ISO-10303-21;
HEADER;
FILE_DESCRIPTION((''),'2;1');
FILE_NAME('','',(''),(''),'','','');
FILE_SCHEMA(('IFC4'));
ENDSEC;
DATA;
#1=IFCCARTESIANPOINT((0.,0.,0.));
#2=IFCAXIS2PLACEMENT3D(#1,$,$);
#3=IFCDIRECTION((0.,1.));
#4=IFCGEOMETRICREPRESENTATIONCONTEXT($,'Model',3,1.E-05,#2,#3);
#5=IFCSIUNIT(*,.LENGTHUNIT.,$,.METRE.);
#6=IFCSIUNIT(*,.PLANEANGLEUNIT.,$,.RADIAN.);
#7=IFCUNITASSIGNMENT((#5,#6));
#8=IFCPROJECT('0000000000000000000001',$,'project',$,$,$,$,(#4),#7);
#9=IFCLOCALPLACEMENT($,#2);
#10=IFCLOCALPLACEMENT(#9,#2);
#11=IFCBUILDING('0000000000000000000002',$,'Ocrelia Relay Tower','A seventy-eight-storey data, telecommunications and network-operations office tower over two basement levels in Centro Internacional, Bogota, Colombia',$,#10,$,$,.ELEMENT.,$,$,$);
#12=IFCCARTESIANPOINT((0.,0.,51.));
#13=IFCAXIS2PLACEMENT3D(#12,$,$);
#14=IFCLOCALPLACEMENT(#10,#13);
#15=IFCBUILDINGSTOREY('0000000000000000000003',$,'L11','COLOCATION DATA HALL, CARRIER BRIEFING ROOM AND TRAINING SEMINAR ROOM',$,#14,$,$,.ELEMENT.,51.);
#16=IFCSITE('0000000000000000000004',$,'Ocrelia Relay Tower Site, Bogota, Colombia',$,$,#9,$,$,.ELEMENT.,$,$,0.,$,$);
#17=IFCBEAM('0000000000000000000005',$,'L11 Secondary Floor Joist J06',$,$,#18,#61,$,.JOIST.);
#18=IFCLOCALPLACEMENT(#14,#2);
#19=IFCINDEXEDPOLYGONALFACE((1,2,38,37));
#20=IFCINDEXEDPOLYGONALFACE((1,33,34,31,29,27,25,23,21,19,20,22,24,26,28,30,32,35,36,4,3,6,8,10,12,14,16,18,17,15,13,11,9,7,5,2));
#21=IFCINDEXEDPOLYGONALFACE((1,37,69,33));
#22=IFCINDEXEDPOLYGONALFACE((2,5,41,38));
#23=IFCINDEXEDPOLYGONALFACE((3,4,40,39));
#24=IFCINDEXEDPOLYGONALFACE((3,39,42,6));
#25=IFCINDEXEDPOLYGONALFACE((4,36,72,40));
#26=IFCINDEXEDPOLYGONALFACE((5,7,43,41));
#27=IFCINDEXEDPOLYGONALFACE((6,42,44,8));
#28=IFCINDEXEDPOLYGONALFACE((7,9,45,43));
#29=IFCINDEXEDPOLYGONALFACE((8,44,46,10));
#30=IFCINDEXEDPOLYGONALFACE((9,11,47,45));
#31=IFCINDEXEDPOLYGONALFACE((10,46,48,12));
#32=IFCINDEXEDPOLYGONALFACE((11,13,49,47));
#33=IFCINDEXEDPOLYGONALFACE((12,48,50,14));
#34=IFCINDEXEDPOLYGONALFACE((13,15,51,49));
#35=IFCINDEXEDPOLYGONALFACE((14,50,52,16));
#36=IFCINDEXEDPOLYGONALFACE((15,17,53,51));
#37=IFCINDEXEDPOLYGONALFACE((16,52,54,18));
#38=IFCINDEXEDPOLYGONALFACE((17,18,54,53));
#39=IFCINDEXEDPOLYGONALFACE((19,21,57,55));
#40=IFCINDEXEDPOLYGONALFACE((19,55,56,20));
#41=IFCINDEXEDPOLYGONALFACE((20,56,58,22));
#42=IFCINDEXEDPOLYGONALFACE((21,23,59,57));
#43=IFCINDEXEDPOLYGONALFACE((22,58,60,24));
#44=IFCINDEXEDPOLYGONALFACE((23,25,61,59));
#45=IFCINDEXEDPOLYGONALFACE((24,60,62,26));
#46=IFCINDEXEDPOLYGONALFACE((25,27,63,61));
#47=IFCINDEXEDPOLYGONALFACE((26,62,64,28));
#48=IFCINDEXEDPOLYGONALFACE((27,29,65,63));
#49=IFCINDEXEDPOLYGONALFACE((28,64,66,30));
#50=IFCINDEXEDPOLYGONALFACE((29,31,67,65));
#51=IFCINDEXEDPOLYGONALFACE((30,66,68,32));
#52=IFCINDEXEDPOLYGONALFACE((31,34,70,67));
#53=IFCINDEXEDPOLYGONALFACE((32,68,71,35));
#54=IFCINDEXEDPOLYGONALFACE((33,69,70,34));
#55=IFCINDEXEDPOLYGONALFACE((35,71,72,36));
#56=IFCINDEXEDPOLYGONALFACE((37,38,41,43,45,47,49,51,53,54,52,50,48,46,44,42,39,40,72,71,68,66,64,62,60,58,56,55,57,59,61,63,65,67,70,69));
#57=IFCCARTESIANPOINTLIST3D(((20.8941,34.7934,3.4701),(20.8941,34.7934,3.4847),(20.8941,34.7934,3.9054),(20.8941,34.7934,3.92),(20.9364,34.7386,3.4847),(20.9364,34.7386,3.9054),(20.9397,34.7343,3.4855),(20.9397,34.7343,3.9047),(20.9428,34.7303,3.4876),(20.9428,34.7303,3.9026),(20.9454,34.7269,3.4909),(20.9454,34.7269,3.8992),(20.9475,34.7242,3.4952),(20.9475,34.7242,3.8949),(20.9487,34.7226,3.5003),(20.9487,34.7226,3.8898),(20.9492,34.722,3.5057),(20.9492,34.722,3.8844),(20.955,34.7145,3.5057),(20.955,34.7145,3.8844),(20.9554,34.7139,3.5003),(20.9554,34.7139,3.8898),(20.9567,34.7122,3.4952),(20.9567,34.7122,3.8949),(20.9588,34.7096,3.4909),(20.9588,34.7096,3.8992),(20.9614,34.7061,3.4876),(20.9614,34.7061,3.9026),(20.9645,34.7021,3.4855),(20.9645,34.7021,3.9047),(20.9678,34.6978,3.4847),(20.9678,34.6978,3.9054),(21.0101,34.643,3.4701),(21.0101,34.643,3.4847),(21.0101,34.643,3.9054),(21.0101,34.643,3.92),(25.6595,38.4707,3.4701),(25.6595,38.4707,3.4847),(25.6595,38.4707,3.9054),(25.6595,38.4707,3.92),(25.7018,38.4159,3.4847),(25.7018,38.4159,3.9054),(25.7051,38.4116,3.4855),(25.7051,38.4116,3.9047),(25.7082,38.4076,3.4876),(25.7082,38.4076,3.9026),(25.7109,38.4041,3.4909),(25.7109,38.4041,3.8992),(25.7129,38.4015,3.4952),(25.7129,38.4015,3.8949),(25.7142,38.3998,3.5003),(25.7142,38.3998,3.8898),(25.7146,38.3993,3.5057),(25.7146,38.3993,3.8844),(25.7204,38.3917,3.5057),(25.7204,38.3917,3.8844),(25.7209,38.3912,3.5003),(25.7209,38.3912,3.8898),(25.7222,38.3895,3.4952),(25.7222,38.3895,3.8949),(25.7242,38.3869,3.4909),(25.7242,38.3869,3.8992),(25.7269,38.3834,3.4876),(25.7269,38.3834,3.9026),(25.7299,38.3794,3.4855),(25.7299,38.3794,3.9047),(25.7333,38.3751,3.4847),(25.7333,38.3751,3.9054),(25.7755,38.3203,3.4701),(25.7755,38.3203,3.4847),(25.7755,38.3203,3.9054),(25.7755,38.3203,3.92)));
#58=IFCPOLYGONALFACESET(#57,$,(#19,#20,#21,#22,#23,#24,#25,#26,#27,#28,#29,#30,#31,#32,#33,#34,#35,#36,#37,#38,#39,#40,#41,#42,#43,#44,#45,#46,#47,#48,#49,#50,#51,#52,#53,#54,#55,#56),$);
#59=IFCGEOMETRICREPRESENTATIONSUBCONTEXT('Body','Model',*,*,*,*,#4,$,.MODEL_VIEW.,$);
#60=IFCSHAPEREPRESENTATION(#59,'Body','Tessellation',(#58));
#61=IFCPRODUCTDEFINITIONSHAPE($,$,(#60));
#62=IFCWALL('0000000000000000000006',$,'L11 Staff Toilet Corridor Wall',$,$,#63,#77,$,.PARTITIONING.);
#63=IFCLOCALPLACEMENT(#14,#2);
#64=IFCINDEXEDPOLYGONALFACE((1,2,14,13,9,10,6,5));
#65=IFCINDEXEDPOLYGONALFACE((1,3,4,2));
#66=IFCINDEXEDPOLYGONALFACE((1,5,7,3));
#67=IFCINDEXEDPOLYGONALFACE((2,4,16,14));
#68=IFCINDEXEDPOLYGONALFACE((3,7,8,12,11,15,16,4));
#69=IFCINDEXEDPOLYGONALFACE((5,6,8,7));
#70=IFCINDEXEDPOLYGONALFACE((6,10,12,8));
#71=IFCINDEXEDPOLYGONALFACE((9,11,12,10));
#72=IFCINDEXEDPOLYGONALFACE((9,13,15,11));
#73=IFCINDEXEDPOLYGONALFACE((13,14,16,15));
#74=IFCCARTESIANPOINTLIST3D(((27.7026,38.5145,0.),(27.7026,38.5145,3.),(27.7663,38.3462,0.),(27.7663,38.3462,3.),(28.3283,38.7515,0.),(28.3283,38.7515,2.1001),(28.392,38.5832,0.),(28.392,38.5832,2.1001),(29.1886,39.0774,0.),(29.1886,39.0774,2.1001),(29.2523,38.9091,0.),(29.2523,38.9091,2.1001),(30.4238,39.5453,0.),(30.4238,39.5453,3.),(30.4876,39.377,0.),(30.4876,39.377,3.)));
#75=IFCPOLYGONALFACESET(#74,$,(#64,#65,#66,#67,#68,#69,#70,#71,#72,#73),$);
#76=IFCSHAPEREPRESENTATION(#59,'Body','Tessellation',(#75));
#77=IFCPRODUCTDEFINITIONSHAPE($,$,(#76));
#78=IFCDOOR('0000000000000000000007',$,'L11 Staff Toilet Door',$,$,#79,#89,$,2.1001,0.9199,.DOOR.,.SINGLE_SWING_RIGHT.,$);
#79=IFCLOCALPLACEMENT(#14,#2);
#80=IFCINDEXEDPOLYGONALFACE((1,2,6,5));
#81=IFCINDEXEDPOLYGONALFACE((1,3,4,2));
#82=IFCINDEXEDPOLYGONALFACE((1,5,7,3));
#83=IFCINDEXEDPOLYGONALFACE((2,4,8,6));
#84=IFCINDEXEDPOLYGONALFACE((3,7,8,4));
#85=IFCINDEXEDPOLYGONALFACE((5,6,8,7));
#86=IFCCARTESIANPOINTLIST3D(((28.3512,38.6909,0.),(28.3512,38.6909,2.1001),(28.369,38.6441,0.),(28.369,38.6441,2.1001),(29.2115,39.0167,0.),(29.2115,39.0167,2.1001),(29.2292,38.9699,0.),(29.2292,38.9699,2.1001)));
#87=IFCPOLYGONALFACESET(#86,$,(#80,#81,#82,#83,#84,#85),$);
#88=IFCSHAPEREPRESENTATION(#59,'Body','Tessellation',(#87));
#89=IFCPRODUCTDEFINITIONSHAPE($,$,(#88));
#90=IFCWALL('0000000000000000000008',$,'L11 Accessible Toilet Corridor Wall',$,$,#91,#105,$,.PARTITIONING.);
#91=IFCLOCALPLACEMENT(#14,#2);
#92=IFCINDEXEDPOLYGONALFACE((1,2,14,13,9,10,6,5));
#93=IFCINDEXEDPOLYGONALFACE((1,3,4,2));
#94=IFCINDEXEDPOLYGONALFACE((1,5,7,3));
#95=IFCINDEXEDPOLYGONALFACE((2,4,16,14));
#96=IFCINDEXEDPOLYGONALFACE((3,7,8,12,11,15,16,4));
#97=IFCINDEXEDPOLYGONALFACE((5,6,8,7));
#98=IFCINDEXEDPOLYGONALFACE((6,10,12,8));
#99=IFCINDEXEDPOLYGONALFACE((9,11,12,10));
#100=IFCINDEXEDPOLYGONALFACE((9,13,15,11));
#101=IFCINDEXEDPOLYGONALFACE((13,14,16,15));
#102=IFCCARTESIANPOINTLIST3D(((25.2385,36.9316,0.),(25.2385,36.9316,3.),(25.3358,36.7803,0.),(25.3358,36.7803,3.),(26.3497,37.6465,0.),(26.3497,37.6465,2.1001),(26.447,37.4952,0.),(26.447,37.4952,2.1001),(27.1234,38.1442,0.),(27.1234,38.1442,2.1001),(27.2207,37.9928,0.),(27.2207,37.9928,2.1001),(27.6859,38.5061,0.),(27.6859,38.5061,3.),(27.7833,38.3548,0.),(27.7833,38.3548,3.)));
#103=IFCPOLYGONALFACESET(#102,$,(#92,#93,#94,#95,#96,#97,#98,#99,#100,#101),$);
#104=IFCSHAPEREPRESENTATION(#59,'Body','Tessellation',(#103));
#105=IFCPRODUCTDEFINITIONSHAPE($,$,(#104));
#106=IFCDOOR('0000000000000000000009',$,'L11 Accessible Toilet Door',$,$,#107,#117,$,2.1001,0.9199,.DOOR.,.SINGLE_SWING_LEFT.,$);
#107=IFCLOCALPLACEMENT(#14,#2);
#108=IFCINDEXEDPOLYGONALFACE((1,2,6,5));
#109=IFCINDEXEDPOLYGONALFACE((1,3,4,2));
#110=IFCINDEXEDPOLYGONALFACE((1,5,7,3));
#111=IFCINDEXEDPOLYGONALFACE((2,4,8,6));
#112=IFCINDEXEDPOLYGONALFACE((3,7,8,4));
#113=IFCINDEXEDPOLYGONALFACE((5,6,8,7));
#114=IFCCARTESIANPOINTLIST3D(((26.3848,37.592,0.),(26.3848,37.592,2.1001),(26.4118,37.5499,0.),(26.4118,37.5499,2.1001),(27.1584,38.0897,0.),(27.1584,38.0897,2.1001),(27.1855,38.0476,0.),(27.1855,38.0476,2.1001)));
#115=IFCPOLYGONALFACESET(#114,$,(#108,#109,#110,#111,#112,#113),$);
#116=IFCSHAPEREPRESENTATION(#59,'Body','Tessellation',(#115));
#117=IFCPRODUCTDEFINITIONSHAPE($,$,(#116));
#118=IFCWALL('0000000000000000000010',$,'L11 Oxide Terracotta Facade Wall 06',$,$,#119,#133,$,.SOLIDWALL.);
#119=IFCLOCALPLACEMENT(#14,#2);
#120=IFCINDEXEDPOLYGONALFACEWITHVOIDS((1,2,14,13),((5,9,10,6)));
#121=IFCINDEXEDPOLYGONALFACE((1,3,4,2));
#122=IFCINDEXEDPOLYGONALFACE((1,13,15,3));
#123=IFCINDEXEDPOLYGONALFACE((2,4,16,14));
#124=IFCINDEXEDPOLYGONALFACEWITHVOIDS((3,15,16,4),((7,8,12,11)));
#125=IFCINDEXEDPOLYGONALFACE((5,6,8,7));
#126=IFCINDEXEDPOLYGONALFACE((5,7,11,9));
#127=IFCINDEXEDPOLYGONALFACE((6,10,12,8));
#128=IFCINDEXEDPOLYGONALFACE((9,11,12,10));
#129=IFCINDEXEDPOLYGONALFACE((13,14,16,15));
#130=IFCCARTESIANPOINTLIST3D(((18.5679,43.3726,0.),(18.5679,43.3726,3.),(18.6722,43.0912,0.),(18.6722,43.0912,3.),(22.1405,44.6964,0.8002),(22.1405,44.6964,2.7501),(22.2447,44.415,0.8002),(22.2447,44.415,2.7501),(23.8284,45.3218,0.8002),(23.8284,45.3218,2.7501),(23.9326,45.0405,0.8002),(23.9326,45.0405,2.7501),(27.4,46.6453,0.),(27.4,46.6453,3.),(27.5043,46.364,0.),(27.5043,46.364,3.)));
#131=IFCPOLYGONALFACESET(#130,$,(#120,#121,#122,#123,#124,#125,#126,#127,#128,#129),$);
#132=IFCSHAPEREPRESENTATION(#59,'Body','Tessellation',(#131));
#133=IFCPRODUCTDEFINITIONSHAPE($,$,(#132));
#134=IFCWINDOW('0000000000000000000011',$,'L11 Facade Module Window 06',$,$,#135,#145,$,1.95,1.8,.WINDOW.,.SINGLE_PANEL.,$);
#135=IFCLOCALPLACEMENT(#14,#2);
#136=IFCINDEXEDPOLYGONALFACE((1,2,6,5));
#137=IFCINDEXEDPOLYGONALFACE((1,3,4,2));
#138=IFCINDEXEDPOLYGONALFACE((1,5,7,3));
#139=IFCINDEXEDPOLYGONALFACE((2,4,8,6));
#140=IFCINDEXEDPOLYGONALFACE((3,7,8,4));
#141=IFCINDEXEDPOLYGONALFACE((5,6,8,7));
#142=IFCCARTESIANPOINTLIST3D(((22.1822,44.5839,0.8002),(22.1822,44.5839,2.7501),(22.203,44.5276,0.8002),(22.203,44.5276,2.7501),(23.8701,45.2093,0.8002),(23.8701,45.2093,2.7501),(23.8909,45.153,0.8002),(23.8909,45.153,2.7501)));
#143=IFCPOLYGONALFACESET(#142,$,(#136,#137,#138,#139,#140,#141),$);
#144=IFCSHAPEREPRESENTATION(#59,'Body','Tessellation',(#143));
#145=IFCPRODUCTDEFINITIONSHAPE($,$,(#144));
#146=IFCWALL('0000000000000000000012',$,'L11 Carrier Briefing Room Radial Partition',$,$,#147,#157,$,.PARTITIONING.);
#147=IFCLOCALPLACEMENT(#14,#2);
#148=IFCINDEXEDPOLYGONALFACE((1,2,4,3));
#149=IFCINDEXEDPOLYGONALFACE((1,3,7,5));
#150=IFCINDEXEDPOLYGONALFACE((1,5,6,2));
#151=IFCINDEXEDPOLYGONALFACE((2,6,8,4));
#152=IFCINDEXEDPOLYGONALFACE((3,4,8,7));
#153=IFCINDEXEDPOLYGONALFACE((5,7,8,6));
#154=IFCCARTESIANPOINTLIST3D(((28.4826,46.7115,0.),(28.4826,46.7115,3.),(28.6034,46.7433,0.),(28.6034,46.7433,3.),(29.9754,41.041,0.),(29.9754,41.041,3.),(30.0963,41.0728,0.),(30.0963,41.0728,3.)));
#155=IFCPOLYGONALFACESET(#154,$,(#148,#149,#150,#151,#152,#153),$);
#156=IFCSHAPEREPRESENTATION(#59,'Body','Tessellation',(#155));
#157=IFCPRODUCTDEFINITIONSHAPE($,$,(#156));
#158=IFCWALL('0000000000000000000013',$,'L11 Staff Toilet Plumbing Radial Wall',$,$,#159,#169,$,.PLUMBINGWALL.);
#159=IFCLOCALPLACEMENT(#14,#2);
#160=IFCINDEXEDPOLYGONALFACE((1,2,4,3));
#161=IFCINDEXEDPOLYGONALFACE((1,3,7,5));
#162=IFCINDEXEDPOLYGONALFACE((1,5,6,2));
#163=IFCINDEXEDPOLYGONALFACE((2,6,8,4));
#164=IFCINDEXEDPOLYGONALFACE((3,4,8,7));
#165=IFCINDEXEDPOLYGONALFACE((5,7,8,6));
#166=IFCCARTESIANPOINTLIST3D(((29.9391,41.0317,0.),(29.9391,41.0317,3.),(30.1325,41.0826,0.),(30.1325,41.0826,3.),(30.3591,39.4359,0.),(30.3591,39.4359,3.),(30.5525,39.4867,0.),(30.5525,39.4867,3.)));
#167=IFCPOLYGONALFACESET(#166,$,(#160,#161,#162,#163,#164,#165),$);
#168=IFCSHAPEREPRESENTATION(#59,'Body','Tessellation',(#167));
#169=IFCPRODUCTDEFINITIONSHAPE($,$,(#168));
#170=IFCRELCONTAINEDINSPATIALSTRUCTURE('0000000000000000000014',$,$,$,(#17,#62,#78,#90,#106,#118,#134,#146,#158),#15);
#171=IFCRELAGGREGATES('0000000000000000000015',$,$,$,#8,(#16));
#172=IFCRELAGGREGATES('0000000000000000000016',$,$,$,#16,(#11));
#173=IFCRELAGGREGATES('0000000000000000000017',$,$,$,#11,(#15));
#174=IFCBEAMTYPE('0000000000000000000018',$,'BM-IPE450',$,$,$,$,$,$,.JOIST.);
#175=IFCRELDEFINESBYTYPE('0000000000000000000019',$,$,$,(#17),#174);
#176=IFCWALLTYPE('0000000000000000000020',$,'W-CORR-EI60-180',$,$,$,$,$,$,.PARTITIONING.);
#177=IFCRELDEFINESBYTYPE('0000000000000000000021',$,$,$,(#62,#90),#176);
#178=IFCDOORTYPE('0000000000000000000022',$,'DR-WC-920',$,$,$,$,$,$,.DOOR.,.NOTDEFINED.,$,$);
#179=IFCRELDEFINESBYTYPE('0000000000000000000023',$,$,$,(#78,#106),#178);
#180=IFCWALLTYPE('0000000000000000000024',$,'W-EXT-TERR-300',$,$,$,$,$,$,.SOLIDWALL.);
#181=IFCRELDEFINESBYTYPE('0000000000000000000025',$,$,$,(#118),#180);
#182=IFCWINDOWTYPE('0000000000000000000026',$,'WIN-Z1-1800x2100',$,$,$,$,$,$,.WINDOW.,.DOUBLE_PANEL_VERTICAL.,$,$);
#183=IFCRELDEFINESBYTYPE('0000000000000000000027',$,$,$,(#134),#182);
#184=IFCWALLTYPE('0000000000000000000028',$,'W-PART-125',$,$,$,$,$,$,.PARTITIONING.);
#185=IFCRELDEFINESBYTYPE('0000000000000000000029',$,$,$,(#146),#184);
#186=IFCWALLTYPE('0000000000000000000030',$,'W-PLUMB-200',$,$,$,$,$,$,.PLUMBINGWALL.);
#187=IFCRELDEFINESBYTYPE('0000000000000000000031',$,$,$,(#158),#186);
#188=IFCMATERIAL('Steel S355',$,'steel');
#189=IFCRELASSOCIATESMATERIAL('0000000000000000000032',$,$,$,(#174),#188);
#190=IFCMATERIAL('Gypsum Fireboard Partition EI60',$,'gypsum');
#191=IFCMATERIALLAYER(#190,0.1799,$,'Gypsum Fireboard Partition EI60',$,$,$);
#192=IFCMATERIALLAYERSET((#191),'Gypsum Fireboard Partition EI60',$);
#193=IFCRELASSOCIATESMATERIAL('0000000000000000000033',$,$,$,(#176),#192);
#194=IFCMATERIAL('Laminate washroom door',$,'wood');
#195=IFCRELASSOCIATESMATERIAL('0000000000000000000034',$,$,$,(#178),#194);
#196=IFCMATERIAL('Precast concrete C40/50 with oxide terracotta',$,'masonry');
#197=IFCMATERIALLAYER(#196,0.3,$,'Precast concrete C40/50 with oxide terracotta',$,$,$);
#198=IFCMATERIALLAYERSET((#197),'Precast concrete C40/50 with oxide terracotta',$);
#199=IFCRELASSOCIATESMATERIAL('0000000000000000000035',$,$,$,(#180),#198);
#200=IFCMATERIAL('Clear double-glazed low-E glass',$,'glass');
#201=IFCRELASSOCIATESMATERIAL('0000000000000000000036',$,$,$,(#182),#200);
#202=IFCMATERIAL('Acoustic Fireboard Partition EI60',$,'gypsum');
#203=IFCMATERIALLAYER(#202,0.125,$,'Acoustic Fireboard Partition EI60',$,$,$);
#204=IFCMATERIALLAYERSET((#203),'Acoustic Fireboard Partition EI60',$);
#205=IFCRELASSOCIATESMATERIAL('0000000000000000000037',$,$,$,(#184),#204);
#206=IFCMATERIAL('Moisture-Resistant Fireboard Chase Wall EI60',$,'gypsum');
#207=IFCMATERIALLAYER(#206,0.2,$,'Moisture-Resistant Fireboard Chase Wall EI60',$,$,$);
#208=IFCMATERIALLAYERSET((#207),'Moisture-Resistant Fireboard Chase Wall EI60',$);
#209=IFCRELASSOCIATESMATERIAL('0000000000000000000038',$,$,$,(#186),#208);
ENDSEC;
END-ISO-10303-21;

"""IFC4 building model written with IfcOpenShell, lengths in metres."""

from ifc_helpers import new_model, si_unit, direction, frame, frame_2d, origin, origin_2d, place, context, subcontext, project, spatial, rectangle, i_section, extrude, material, layer, layer_set, material_profile, profile_set, type_object, element, fill, save


model = new_model("IFC4")

# Units and contexts
model_context = context("Model", 3, precision=1e-05, world=origin(), true_north=direction((0.0, 1.0)))
body_context = subcontext(model_context, "Body", "Model", "MODEL_VIEW")
ifc_project = project(units=[si_unit("LENGTHUNIT", "METRE"), si_unit("PLANEANGLEUNIT", "RADIAN")], contexts=[model_context])

# Site, building, storey
site_placement = place(None, origin())
site = spatial("IfcSite", under=ifc_project, at=site_placement, Name="Ocrelia Relay Tower Site, Bogota, Colombia", CompositionType="ELEMENT", RefElevation=0.0)
building_placement = place(site_placement, origin())
building = spatial("IfcBuilding", under=site, at=building_placement, Name="Ocrelia Relay Tower", Description="A seventy-eight-storey data, telecommunications and network-operations office tower over two basement levels in Centro Internacional, Bogota, Colombia", CompositionType="ELEMENT")
storey_placement = place(building_placement, frame((0.0, 0.0, 51.0)))
storey = spatial("IfcBuildingStorey", under=building, at=storey_placement, Name="L11", Description="COLOCATION DATA HALL, CARRIER BRIEFING ROOM AND TRAINING SEMINAR ROOM", CompositionType="ELEMENT", Elevation=51.0)

# Beam
ifc_material_1 = material(Name="Steel S355", Category="steel")
ifc_material_profile_1 = material_profile(ifc_material_1, i_section(OverallWidth=0.1899, OverallDepth=0.45, WebThickness=0.0095, FlangeThickness=0.0146, FilletRadius=0.021, at=origin_2d()), Name="IPE 450")
ifc_profile_set_1 = profile_set([ifc_material_profile_1], Name="Steel S355")
beam_type_1 = type_object("IfcBeamType", Name="BM-IPE450", PredefinedType="JOIST", material=ifc_profile_set_1)
beam_1_placement = place(storey_placement, frame((25.7175, 38.3955, 3.6951), z_axis=(-0.791694, -0.610918, 0.0), x_axis=(0.610918, -0.791694, 0.0)))
element("IfcBeam", 1, at=beam_1_placement, inside=storey, type_object=beam_type_1, Name="L11 Secondary Floor Joist J06", PredefinedType="JOIST", context=body_context, shape_type="SweptSolid", body=[
    extrude(i_section(OverallWidth=0.1899, OverallDepth=0.45, WebThickness=0.0095, FlangeThickness=0.0146, FilletRadius=0.021, at=origin_2d()), origin(), (0.0, 0.0, 1.0), 6.0193),
])

# Walls, openings, doors
ifc_material_2 = material(Name="Gypsum Fireboard Partition EI60", Category="gypsum")
ifc_layer_1 = layer(ifc_material_2, 0.1799, Name="Gypsum Fireboard Partition EI60")
ifc_layer_set_1 = layer_set([ifc_layer_1], Name="Gypsum Fireboard Partition EI60")
wall_type_1 = type_object("IfcWallType", Name="W-CORR-EI60-180", PredefinedType="PARTITIONING", material=ifc_layer_set_1)
wall_1_placement = place(storey_placement, frame((30.4558, 39.4612, 0.0), z_axis=(0.0, 0.0, 1.0), x_axis=(-0.935159, -0.354229, 0.0)))
wall_1 = element("IfcWall", 2, at=wall_1_placement, inside=storey, type_object=wall_type_1, Name="L11 Staff Toilet Corridor Wall", PredefinedType="PARTITIONING", context=body_context, shape_type="SweptSolid", body=[
    extrude(rectangle(XDim=2.9099, YDim=0.1799, at=frame_2d((1.4551, 0.0))), origin(), (0.0, 0.0, 1.0), 3.0),
])
opening_1_placement = place(wall_1_placement, frame((1.321, 0.0, 0.0)))
opening_1 = element("IfcOpeningElement", 3, at=opening_1_placement, cuts=wall_1, PredefinedType="OPENING", context=body_context, shape_type="SweptSolid", body=[
    extrude(rectangle(XDim=0.9199, YDim=2.1001, at=frame_2d((0.46, 1.05))), frame((0.0, 0.1001, 0.0), z_axis=(0.0, -1.0, 0.0), x_axis=(1.0, 0.0, 0.0)), (0.0, 0.0, 1.0), 0.2),
])
ifc_material_3 = material(Name="Laminate washroom door", Category="wood")
door_type_1 = type_object("IfcDoorType", Name="DR-WC-920", OperationType="NOTDEFINED", PredefinedType="DOOR", material=ifc_material_3)
door_1_placement = place(opening_1_placement, origin())
door_1 = element("IfcDoor", 4, at=door_1_placement, inside=storey, type_object=door_type_1, Name="L11 Staff Toilet Door", OperationType="SINGLE_SWING_RIGHT", OverallHeight=2.1001, OverallWidth=0.9199, PredefinedType="DOOR", context=body_context, shape_type="SweptSolid", body=[
    extrude(rectangle(XDim=0.9199, YDim=2.1001, at=frame_2d((0.46, 1.05))), frame((0.0, 0.0249, 0.0), z_axis=(0.0, -1.0, 0.0), x_axis=(1.0, 0.0, 0.0)), (0.0, 0.0, 1.0), 0.05),
])
fill(opening_1, door_1)
wall_2_placement = place(storey_placement, frame((27.7346, 38.4304, 0.0), z_axis=(0.0, 0.0, 1.0), x_axis=(-0.841012, -0.541016, 0.0)))
wall_2 = element("IfcWall", 5, at=wall_2_placement, inside=storey, type_object=wall_type_1, Name="L11 Accessible Toilet Corridor Wall", PredefinedType="PARTITIONING", context=body_context, shape_type="SweptSolid", body=[
    extrude(rectangle(XDim=2.9102, YDim=0.1799, at=frame_2d((1.4551, 0.0))), origin(), (0.0, 0.0, 1.0), 3.0),
])
opening_2_placement = place(wall_2_placement, frame((0.6689, 0.0, 0.0)))
opening_2 = element("IfcOpeningElement", 6, at=opening_2_placement, cuts=wall_2, PredefinedType="OPENING", context=body_context, shape_type="SweptSolid", body=[
    extrude(rectangle(XDim=0.9199, YDim=2.1001, at=frame_2d((0.46, 1.05))), frame((0.0, 0.1001, 0.0), z_axis=(0.0, -1.0, 0.0), x_axis=(1.0, 0.0, 0.0)), (0.0, 0.0, 1.0), 0.2),
])
door_2_placement = place(opening_2_placement, origin())
door_2 = element("IfcDoor", 7, at=door_2_placement, inside=storey, type_object=door_type_1, Name="L11 Accessible Toilet Door", OperationType="SINGLE_SWING_LEFT", OverallHeight=2.1001, OverallWidth=0.9199, PredefinedType="DOOR", context=body_context, shape_type="SweptSolid", body=[
    extrude(rectangle(XDim=0.9199, YDim=2.1001, at=frame_2d((0.46, 1.05))), frame((0.0, 0.0249, 0.0), z_axis=(0.0, -1.0, 0.0), x_axis=(1.0, 0.0, 0.0)), (0.0, 0.0, 1.0), 0.05),
])
fill(opening_2, door_2)

# Wall, opening, window
ifc_material_4 = material(Name="Precast concrete C40/50 with oxide terracotta", Category="masonry")
ifc_layer_2 = layer(ifc_material_4, 0.3, Name="Precast concrete C40/50 with oxide terracotta")
ifc_layer_set_2 = layer_set([ifc_layer_2], Name="Precast concrete C40/50 with oxide terracotta")
wall_type_2 = type_object("IfcWallType", Name="W-EXT-TERR-300", PredefinedType="SOLIDWALL", material=ifc_layer_set_2)
wall_3_placement = place(storey_placement, frame((27.4521, 46.5046, 0.0), z_axis=(0.0, 0.0, 1.0), x_axis=(-0.937694, -0.347462, 0.0)))
wall_3 = element("IfcWall", 8, at=wall_3_placement, inside=storey, type_object=wall_type_2, Name="L11 Oxide Terracotta Facade Wall 06", PredefinedType="SOLIDWALL", context=body_context, shape_type="SweptSolid", body=[
    extrude(rectangle(XDim=9.4189, YDim=0.3, at=frame_2d((4.7095, 0.0))), origin(), (0.0, 0.0, 1.0), 3.0),
])
opening_3_placement = place(wall_3_placement, frame((3.8091, 0.0, 0.8)))
opening_3 = element("IfcOpeningElement", 9, at=opening_3_placement, cuts=wall_3, PredefinedType="OPENING", context=body_context, shape_type="SweptSolid", body=[
    extrude(rectangle(XDim=1.8, YDim=1.95, at=frame_2d((0.8999, 0.9751))), frame((0.0, 0.1602, 0.0), z_axis=(0.0, -1.0, 0.0), x_axis=(1.0, 0.0, 0.0)), (0.0, 0.0, 1.0), 0.3201),
])
ifc_material_5 = material(Name="Clear double-glazed low-E glass", Category="glass")
window_type = type_object("IfcWindowType", Name="WIN-Z1-1800x2100", PartitioningType="DOUBLE_PANEL_VERTICAL", PredefinedType="WINDOW", material=ifc_material_5)
window_placement = place(opening_3_placement, origin())
window = element("IfcWindow", 10, at=window_placement, inside=storey, type_object=window_type, Name="L11 Facade Module Window 06", OverallHeight=1.95, OverallWidth=1.8, PartitioningType="SINGLE_PANEL", PredefinedType="WINDOW", context=body_context, shape_type="SweptSolid", body=[
    extrude(rectangle(XDim=1.8, YDim=1.95, at=frame_2d((0.8999, 0.9751))), frame((0.0, 0.03, 0.0), z_axis=(0.0, -1.0, 0.0), x_axis=(1.0, 0.0, 0.0)), (0.0, 0.0, 1.0), 0.0601),
])
fill(opening_3, window)

# Walls
ifc_material_6 = material(Name="Acoustic Fireboard Partition EI60", Category="gypsum")
ifc_layer_3 = layer(ifc_material_6, 0.125, Name="Acoustic Fireboard Partition EI60")
ifc_layer_set_3 = layer_set([ifc_layer_3], Name="Acoustic Fireboard Partition EI60")
wall_type_3 = type_object("IfcWallType", Name="W-PART-125", PredefinedType="PARTITIONING", material=ifc_layer_set_3)
wall_4_placement = place(storey_placement, frame((30.0359, 41.0569, 0.0), z_axis=(0.0, 0.0, 1.0), x_axis=(-0.254596, 0.967048, 0.0)))
element("IfcWall", 11, at=wall_4_placement, inside=storey, type_object=wall_type_3, Name="L11 Carrier Briefing Room Radial Partition", PredefinedType="PARTITIONING", context=body_context, shape_type="SweptSolid", body=[
    extrude(rectangle(XDim=5.8638, YDim=0.125, at=frame_2d((2.9319, 0.0))), origin(), (0.0, 0.0, 1.0), 3.0),
])
ifc_material_7 = material(Name="Moisture-Resistant Fireboard Chase Wall EI60", Category="gypsum")
ifc_layer_4 = layer(ifc_material_7, 0.2, Name="Moisture-Resistant Fireboard Chase Wall EI60")
ifc_layer_set_4 = layer_set([ifc_layer_4], Name="Moisture-Resistant Fireboard Chase Wall EI60")
wall_type_4 = type_object("IfcWallType", Name="W-PLUMB-200", PredefinedType="PLUMBINGWALL", material=ifc_layer_set_4)
wall_5_placement = place(storey_placement, frame((30.4558, 39.4612, 0.0), z_axis=(0.0, 0.0, 1.0), x_axis=(-0.254493, 0.967075, 0.0)))
element("IfcWall", 12, at=wall_5_placement, inside=storey, type_object=wall_type_4, Name="L11 Staff Toilet Plumbing Radial Wall", PredefinedType="PLUMBINGWALL", context=body_context, shape_type="SweptSolid", body=[
    extrude(rectangle(XDim=1.6501, YDim=0.2, at=frame_2d((0.8252, 0.0))), origin(), (0.0, 0.0, 1.0), 3.0),
])

save(model, "model.ifc")
